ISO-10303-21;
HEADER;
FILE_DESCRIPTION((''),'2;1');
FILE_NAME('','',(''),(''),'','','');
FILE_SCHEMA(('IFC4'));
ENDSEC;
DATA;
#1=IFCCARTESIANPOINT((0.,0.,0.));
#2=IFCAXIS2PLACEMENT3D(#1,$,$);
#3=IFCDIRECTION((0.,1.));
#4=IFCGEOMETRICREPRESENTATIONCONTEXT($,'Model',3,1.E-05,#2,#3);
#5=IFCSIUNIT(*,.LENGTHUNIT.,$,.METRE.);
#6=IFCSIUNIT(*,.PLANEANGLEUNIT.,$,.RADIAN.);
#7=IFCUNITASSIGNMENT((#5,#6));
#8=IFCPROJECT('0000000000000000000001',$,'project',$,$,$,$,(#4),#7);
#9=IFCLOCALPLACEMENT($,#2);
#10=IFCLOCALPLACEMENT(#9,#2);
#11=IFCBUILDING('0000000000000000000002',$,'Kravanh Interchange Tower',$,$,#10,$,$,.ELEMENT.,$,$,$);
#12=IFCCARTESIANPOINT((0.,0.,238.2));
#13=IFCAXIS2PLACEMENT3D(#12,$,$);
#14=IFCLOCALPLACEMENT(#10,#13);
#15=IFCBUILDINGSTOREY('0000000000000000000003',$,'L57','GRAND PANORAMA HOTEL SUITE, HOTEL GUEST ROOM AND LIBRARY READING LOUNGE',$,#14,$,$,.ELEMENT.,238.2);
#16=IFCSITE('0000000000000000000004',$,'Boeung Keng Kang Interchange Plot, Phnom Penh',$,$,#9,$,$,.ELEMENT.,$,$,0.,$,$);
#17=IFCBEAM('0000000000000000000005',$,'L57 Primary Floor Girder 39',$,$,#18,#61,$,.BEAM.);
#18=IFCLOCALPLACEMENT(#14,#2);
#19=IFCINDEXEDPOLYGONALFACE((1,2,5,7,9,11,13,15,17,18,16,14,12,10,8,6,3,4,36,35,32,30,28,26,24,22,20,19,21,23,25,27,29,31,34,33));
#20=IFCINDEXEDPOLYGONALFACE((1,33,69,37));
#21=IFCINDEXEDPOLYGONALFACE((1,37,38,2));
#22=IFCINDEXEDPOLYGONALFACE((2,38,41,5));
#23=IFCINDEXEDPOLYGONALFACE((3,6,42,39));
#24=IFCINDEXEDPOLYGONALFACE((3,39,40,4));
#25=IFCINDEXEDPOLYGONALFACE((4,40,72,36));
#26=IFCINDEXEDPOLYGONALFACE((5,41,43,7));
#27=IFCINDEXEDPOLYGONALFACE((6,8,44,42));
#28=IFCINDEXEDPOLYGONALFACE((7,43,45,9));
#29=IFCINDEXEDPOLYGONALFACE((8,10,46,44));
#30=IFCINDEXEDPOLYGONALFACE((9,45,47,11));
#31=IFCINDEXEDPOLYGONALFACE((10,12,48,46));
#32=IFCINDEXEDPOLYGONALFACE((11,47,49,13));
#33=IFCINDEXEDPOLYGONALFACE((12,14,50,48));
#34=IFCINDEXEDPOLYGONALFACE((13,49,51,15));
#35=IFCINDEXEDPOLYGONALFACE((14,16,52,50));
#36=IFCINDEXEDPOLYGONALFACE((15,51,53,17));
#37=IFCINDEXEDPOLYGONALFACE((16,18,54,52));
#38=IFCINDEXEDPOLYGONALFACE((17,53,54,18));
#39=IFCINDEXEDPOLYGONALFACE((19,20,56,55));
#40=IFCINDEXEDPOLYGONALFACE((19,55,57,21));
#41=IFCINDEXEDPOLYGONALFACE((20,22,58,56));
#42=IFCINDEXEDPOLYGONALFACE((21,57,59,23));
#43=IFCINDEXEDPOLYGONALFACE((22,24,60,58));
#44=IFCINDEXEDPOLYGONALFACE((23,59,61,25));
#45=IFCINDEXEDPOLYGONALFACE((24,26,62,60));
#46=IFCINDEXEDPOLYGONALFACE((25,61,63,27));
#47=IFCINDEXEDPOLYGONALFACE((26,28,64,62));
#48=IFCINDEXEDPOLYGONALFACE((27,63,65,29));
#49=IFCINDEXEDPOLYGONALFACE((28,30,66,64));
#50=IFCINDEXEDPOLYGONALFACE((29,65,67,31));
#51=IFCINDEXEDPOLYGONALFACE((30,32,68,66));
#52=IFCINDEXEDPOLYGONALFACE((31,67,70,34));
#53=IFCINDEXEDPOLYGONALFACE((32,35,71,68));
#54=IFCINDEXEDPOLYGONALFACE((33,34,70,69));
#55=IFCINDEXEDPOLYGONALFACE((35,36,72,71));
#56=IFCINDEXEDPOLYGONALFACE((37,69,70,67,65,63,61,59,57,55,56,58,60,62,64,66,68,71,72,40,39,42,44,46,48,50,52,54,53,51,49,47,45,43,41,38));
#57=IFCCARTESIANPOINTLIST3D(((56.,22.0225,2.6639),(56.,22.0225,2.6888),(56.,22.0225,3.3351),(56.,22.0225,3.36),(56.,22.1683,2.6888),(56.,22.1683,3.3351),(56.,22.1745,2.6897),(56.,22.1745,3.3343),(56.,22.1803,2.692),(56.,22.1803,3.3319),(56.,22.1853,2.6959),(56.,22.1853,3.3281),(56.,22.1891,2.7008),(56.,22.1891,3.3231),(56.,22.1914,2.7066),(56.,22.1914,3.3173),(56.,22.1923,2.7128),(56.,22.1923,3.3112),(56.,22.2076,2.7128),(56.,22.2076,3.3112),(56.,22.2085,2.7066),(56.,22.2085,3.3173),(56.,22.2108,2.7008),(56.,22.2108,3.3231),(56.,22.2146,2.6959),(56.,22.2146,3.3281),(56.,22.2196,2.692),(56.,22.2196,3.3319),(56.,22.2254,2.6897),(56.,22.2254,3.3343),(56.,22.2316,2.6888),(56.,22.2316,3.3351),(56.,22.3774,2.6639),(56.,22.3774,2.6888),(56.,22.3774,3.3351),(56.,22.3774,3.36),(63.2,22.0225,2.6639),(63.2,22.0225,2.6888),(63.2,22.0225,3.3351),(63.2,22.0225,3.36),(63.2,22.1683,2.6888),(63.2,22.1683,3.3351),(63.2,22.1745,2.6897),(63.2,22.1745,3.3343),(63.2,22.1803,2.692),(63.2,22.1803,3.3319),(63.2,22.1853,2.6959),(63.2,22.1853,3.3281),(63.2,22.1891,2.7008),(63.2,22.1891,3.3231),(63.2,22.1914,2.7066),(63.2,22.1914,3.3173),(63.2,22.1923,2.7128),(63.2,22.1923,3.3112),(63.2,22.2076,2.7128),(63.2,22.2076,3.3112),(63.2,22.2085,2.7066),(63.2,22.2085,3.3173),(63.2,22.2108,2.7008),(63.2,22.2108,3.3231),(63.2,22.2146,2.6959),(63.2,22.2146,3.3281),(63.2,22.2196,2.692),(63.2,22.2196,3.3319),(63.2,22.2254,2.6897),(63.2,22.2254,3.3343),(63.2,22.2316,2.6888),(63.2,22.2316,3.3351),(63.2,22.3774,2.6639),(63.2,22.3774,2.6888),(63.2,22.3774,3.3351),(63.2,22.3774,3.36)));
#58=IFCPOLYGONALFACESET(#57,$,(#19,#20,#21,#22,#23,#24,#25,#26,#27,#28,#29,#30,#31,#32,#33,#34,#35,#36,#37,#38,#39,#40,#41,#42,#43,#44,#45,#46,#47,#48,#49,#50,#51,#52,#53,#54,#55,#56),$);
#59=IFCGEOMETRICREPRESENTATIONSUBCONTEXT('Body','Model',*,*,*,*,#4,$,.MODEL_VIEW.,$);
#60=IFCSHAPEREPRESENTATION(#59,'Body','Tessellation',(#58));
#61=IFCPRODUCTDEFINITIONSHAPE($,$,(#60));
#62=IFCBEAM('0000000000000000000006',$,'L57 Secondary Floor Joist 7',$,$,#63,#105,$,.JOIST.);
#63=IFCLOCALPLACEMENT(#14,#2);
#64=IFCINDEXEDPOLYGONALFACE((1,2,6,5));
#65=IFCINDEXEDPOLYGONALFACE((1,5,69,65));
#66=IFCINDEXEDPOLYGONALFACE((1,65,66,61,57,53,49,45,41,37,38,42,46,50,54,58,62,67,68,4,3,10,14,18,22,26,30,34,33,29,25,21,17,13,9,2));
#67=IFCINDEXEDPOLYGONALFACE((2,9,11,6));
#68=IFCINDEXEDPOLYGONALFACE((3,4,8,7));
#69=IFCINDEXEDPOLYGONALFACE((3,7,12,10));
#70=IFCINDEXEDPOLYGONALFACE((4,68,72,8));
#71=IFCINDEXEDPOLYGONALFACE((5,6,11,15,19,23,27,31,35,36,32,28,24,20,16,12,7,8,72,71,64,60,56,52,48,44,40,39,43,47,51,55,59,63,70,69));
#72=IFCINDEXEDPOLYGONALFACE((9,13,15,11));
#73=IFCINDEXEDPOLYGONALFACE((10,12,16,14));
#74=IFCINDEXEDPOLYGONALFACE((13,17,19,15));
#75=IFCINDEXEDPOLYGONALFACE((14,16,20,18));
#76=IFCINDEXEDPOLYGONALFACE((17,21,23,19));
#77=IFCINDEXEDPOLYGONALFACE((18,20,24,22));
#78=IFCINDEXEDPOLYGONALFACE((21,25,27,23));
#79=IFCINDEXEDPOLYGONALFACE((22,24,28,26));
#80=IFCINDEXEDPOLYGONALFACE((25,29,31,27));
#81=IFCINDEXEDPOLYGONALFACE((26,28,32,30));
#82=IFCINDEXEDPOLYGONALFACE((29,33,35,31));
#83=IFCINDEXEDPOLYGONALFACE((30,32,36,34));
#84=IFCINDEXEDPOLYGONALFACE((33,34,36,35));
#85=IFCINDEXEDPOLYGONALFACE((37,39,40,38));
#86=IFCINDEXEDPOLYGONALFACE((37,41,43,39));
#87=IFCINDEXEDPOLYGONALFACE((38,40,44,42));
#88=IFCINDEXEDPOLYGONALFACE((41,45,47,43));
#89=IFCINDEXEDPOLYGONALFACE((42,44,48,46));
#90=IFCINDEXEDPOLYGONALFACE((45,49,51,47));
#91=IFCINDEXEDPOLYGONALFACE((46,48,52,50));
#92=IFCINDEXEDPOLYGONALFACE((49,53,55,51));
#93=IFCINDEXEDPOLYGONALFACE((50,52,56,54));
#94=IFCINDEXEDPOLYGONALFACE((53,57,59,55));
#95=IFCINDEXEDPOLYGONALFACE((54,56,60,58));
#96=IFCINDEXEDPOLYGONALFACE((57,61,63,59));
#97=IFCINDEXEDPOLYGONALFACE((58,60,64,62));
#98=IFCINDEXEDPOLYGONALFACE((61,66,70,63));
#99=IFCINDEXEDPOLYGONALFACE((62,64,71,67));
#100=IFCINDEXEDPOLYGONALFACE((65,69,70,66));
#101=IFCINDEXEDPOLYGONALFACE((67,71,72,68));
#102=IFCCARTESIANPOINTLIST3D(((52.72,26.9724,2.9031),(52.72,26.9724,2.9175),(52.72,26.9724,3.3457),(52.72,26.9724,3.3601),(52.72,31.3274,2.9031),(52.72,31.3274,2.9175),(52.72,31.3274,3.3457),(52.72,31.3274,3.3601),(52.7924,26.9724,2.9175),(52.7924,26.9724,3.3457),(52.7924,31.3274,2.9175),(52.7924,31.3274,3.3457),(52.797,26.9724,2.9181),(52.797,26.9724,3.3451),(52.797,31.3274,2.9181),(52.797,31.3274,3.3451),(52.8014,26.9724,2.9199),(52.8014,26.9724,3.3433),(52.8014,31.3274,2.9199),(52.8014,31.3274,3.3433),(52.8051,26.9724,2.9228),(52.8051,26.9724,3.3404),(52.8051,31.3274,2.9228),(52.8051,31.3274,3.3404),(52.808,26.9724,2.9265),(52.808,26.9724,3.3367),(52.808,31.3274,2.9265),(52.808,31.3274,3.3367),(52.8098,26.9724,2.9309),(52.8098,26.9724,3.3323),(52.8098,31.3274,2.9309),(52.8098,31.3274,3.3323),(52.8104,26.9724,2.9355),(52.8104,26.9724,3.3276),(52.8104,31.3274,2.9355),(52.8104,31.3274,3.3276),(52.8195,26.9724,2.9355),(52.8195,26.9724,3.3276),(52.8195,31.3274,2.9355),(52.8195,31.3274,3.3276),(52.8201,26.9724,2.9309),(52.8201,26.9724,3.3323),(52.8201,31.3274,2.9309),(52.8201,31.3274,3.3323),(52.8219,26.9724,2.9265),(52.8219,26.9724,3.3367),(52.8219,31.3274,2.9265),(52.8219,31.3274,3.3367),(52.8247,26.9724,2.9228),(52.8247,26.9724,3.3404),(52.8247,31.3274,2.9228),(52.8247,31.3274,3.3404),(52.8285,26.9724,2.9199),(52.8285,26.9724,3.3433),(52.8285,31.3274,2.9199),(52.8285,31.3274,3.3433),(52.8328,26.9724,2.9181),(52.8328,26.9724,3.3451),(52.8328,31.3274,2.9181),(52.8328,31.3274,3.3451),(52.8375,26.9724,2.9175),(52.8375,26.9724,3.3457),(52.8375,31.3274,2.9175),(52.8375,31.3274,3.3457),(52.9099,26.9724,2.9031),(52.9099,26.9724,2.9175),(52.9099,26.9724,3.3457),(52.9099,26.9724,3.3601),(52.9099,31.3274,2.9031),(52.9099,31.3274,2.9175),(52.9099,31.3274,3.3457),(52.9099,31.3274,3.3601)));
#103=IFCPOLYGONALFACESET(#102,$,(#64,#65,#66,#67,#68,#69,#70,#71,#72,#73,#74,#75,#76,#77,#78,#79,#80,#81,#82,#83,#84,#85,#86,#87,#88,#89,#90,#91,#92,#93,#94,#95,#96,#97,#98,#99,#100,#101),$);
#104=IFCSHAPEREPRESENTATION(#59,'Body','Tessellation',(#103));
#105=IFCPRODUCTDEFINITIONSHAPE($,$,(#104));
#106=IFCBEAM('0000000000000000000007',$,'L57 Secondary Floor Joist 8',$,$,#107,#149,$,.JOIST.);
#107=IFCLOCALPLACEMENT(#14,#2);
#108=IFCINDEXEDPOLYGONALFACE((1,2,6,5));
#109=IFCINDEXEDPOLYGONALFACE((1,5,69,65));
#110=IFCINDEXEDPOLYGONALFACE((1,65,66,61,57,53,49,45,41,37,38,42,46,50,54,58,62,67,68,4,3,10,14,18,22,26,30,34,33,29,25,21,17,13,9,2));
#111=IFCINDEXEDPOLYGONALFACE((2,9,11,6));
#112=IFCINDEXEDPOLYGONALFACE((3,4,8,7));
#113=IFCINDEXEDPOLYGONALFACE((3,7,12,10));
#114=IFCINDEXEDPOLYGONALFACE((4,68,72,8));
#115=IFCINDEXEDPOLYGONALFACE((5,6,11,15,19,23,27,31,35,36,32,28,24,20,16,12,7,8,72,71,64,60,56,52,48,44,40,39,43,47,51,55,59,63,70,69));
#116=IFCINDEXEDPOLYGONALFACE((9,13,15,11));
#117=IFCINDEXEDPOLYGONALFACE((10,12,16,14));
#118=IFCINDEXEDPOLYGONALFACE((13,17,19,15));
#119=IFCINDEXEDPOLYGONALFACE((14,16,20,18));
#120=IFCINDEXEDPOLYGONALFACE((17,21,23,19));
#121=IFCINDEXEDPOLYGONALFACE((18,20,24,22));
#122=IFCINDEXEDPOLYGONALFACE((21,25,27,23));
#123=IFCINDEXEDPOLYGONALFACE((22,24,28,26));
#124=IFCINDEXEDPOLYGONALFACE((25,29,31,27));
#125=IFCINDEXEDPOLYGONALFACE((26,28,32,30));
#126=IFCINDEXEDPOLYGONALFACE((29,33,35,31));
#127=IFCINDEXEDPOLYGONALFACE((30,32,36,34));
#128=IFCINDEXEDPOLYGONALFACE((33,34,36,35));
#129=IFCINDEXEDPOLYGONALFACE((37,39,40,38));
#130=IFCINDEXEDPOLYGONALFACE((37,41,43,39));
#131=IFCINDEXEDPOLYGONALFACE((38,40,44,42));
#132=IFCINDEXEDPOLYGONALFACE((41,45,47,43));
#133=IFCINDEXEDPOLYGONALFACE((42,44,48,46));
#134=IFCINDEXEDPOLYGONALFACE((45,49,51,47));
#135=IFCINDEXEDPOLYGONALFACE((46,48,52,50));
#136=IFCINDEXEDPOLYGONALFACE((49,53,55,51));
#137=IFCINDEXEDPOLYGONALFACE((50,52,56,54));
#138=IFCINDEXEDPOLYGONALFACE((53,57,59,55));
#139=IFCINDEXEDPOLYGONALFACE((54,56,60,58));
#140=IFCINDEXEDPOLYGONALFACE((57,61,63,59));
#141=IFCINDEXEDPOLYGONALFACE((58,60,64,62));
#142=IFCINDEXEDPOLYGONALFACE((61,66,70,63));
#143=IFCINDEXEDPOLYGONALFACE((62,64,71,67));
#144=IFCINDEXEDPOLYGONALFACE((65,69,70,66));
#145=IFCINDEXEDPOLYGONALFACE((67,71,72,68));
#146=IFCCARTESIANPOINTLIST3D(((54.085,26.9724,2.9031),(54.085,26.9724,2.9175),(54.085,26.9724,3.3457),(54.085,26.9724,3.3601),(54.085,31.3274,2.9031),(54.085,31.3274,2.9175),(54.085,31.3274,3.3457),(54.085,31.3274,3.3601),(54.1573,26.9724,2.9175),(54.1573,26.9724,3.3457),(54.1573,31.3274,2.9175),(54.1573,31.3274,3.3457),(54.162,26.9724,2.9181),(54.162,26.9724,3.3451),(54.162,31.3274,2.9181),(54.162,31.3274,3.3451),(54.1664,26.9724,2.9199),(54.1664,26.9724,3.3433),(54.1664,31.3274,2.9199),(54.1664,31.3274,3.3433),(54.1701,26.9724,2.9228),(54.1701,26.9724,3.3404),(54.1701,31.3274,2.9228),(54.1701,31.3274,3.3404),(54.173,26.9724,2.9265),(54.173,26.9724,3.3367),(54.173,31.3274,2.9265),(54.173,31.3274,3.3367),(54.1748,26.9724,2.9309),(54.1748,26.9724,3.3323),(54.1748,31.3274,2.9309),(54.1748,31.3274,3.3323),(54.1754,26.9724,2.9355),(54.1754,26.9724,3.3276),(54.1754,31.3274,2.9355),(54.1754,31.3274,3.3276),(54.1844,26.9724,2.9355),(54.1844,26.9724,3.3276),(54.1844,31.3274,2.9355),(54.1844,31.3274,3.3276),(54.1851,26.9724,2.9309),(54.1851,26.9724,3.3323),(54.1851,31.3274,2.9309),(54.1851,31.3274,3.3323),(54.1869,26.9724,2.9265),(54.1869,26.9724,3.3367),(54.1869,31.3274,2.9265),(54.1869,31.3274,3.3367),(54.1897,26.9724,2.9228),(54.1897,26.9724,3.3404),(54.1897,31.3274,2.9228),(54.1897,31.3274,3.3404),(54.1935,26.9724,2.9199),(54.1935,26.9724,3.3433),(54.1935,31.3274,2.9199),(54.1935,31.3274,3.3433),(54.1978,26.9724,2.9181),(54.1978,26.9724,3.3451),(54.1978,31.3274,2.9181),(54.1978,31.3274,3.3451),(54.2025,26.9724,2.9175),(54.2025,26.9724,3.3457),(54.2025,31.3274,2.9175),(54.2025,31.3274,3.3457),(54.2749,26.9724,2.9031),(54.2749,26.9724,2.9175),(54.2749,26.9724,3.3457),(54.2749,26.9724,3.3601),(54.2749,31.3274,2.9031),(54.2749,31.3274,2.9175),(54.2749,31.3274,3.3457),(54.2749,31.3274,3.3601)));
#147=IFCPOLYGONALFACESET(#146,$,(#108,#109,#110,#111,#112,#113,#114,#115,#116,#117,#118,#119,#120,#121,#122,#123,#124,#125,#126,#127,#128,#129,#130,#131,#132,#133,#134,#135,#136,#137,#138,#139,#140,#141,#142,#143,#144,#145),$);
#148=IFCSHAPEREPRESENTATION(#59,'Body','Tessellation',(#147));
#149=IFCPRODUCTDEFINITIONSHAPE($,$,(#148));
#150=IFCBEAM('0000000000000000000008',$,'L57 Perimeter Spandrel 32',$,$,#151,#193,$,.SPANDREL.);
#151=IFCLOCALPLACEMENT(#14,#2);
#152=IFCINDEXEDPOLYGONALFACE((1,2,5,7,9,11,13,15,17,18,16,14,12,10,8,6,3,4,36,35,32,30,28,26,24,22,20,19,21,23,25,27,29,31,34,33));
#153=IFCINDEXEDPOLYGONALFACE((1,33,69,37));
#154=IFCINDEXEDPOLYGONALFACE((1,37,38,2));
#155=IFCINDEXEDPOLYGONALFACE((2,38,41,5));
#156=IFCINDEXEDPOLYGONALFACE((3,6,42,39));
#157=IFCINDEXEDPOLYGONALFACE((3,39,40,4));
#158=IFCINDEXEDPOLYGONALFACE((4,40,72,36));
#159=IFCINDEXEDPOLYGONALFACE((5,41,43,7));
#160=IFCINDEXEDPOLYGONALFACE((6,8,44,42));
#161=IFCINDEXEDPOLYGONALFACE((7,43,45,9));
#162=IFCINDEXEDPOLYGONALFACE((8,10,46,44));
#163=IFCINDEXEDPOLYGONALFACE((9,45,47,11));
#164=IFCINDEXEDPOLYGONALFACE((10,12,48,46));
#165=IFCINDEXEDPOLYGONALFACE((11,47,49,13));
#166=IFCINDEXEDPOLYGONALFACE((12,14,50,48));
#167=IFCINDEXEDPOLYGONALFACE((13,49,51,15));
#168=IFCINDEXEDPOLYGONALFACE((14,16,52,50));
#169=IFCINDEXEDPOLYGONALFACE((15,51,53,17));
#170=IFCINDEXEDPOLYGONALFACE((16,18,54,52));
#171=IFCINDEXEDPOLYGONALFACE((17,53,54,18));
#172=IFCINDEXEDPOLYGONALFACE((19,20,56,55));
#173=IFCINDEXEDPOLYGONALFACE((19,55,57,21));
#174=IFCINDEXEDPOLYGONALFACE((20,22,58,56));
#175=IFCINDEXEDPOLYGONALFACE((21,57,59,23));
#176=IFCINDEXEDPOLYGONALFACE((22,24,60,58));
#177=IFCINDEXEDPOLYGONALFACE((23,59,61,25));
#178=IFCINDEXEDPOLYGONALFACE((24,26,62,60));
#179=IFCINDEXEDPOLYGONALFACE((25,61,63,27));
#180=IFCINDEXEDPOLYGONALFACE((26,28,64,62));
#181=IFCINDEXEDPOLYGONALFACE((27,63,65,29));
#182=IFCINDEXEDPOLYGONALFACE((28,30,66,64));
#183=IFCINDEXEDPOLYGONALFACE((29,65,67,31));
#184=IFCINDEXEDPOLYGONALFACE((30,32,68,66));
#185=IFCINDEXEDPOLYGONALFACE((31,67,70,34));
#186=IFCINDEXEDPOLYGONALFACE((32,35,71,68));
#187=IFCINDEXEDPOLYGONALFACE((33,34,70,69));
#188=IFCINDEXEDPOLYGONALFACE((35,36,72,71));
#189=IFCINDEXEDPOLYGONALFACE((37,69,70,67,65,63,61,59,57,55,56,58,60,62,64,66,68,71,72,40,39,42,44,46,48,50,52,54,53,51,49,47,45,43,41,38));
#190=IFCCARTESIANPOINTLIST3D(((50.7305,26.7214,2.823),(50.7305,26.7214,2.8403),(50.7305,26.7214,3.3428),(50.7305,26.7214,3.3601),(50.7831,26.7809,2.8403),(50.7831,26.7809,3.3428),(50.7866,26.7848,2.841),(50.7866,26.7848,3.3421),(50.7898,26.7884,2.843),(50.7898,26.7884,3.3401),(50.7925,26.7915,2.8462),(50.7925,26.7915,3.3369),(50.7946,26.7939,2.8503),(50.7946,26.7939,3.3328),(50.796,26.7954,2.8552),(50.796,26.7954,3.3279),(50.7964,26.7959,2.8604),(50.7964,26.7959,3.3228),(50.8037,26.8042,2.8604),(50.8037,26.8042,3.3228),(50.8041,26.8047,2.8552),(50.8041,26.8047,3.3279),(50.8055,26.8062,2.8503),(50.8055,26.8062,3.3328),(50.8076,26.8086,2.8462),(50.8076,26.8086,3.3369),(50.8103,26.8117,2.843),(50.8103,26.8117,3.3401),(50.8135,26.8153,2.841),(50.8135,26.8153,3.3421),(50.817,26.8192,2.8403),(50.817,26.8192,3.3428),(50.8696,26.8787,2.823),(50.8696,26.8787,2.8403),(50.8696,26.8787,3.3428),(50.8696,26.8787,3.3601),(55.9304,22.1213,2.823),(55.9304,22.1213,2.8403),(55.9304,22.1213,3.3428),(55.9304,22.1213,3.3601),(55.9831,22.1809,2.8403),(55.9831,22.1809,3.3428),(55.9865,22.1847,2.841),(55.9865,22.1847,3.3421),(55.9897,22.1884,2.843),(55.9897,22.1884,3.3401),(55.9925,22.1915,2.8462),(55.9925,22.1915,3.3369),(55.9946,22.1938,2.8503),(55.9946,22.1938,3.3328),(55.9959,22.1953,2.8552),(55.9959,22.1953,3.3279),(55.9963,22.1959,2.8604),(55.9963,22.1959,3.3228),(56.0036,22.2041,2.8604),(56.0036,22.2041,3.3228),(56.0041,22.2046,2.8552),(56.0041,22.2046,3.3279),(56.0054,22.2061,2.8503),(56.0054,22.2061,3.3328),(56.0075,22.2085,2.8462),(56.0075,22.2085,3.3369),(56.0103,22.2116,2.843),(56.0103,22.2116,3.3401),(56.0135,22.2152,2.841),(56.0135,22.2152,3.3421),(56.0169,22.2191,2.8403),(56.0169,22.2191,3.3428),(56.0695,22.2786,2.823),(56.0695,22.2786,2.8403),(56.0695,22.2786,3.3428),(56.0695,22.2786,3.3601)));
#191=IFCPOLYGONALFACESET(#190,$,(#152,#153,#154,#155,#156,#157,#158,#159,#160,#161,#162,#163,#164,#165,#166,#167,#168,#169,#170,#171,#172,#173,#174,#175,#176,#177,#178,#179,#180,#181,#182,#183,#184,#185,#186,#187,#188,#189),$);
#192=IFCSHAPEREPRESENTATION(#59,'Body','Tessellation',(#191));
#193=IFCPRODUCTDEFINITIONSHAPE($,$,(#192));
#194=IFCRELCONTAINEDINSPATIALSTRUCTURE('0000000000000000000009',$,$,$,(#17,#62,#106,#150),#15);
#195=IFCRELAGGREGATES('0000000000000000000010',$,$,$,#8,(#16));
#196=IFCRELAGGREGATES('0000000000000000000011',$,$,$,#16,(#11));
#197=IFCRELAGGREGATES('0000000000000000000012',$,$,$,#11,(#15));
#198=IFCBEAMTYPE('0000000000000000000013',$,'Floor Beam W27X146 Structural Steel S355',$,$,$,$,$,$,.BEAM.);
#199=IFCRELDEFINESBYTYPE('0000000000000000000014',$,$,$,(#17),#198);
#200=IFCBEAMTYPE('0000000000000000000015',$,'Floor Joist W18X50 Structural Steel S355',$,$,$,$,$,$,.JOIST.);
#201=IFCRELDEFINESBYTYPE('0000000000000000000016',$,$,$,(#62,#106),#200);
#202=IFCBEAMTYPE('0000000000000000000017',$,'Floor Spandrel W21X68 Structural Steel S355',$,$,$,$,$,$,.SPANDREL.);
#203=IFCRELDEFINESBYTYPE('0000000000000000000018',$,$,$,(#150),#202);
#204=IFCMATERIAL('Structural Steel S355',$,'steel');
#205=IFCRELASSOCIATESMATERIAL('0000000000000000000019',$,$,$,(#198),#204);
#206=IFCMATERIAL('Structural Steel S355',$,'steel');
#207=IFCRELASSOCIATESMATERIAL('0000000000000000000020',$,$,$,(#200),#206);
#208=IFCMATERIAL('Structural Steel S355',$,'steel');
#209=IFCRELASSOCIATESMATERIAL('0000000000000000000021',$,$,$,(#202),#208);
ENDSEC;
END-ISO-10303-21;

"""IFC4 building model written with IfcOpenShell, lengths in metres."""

from ifc_helpers import new_model, si_unit, direction, frame, origin, origin_2d, place, context, subcontext, project, spatial, i_section, extrude, material, material_profile, profile_set, type_object, element, save


model = new_model("IFC4")

# Units and contexts
model_context = context("Model", 3, precision=1e-05, world=origin(), true_north=direction((0.0, 1.0)))
body_context = subcontext(model_context, "Body", "Model", "MODEL_VIEW")
ifc_project = project(units=[si_unit("LENGTHUNIT", "METRE"), si_unit("PLANEANGLEUNIT", "RADIAN")], contexts=[model_context])

# Site, building, storey
site_placement = place(None, origin())
site = spatial("IfcSite", under=ifc_project, at=site_placement, Name="Boeung Keng Kang Interchange Plot, Phnom Penh", CompositionType="ELEMENT", RefElevation=0.0)
building_placement = place(site_placement, origin())
building = spatial("IfcBuilding", under=site, at=building_placement, Name="Kravanh Interchange Tower", CompositionType="ELEMENT")
storey_placement = place(building_placement, frame((0.0, 0.0, 238.2)))
storey = spatial("IfcBuildingStorey", under=building, at=storey_placement, Name="L57", Description="GRAND PANORAMA HOTEL SUITE, HOTEL GUEST ROOM AND LIBRARY READING LOUNGE", CompositionType="ELEMENT", Elevation=238.2)

# Beams
ifc_material_1 = material(Name="Structural Steel S355", Category="steel")
ifc_material_profile_1 = material_profile(ifc_material_1, i_section(OverallWidth=0.355, OverallDepth=0.696, WebThickness=0.0154, FlangeThickness=0.0249, FilletRadius=0.0239, at=origin_2d()), Name="W27X146")
ifc_profile_set_1 = profile_set([ifc_material_profile_1], Name="Structural Steel S355")
beam_type_1 = type_object("IfcBeamType", Name="Floor Beam W27X146 Structural Steel S355", PredefinedType="BEAM", material=ifc_profile_set_1)
beam_1_placement = place(storey_placement, frame((56.0, 22.2, 3.012), z_axis=(1.0, 0.0, 0.0), x_axis=(0.0, 1.0, 0.0)))
element("IfcBeam", 1, at=beam_1_placement, inside=storey, type_object=beam_type_1, Name="L57 Primary Floor Girder 39", PredefinedType="BEAM", context=body_context, shape_type="SweptSolid", body=[
    extrude(i_section(OverallWidth=0.355, OverallDepth=0.696, WebThickness=0.0154, FlangeThickness=0.0249, FilletRadius=0.0239, at=origin_2d()), origin(), (0.0, 0.0, 1.0), 7.2),
])
ifc_material_2 = material(Name="Structural Steel S355", Category="steel")
ifc_material_profile_2 = material_profile(ifc_material_2, i_section(OverallWidth=0.1899, OverallDepth=0.457, WebThickness=0.009, FlangeThickness=0.0144, FilletRadius=0.0181, at=origin_2d()), Name="W18X50")
ifc_profile_set_2 = profile_set([ifc_material_profile_2], Name="Structural Steel S355")
beam_type_2 = type_object("IfcBeamType", Name="Floor Joist W18X50 Structural Steel S355", PredefinedType="JOIST", material=ifc_profile_set_2)
for number, where, z_axis, x_axis, name in (
    (2, (52.8149, 26.9724, 3.1316), (0.0, 1.0, 0.0), (-1.0, 0.0, 0.0), "L57 Secondary Floor Joist 7"),
    (3, (54.1799, 26.9724, 3.1316), (0.0, 1.0, 0.0), (-1.0, 0.0, 0.0), "L57 Secondary Floor Joist 8"),
):
    element("IfcBeam", number, at=place(storey_placement, frame(where, z_axis=z_axis, x_axis=x_axis)), inside=storey, type_object=beam_type_2, Name=name, PredefinedType="JOIST", context=body_context, shape_type="SweptSolid", body=[
        extrude(i_section(OverallWidth=0.1899, OverallDepth=0.457, WebThickness=0.009, FlangeThickness=0.0144, FilletRadius=0.0181, at=origin_2d()), origin(), (0.0, 0.0, 1.0), 4.355),
    ])
ifc_material_3 = material(Name="Structural Steel S355", Category="steel")
ifc_material_profile_3 = material_profile(ifc_material_3, i_section(OverallWidth=0.21, OverallDepth=0.5371, WebThickness=0.011, FlangeThickness=0.0173, FilletRadius=0.02, at=origin_2d()), Name="W21X68")
ifc_profile_set_3 = profile_set([ifc_material_profile_3], Name="Structural Steel S355")
beam_type_3 = type_object("IfcBeamType", Name="Floor Spandrel W21X68 Structural Steel S355", PredefinedType="SPANDREL", material=ifc_profile_set_3)
beam_2_placement = place(storey_placement, frame((50.8, 26.8, 3.0916), z_axis=(0.748986, -0.662585, 0.0), x_axis=(0.662585, 0.748986, 0.0)))
element("IfcBeam", 4, at=beam_2_placement, inside=storey, type_object=beam_type_3, Name="L57 Perimeter Spandrel 32", PredefinedType="SPANDREL", context=body_context, shape_type="SweptSolid", body=[
    extrude(i_section(OverallWidth=0.21, OverallDepth=0.5371, WebThickness=0.011, FlangeThickness=0.0173, FilletRadius=0.02, at=origin_2d()), origin(), (0.0, 0.0, 1.0), 6.9426),
])

save(model, "model.ifc")
